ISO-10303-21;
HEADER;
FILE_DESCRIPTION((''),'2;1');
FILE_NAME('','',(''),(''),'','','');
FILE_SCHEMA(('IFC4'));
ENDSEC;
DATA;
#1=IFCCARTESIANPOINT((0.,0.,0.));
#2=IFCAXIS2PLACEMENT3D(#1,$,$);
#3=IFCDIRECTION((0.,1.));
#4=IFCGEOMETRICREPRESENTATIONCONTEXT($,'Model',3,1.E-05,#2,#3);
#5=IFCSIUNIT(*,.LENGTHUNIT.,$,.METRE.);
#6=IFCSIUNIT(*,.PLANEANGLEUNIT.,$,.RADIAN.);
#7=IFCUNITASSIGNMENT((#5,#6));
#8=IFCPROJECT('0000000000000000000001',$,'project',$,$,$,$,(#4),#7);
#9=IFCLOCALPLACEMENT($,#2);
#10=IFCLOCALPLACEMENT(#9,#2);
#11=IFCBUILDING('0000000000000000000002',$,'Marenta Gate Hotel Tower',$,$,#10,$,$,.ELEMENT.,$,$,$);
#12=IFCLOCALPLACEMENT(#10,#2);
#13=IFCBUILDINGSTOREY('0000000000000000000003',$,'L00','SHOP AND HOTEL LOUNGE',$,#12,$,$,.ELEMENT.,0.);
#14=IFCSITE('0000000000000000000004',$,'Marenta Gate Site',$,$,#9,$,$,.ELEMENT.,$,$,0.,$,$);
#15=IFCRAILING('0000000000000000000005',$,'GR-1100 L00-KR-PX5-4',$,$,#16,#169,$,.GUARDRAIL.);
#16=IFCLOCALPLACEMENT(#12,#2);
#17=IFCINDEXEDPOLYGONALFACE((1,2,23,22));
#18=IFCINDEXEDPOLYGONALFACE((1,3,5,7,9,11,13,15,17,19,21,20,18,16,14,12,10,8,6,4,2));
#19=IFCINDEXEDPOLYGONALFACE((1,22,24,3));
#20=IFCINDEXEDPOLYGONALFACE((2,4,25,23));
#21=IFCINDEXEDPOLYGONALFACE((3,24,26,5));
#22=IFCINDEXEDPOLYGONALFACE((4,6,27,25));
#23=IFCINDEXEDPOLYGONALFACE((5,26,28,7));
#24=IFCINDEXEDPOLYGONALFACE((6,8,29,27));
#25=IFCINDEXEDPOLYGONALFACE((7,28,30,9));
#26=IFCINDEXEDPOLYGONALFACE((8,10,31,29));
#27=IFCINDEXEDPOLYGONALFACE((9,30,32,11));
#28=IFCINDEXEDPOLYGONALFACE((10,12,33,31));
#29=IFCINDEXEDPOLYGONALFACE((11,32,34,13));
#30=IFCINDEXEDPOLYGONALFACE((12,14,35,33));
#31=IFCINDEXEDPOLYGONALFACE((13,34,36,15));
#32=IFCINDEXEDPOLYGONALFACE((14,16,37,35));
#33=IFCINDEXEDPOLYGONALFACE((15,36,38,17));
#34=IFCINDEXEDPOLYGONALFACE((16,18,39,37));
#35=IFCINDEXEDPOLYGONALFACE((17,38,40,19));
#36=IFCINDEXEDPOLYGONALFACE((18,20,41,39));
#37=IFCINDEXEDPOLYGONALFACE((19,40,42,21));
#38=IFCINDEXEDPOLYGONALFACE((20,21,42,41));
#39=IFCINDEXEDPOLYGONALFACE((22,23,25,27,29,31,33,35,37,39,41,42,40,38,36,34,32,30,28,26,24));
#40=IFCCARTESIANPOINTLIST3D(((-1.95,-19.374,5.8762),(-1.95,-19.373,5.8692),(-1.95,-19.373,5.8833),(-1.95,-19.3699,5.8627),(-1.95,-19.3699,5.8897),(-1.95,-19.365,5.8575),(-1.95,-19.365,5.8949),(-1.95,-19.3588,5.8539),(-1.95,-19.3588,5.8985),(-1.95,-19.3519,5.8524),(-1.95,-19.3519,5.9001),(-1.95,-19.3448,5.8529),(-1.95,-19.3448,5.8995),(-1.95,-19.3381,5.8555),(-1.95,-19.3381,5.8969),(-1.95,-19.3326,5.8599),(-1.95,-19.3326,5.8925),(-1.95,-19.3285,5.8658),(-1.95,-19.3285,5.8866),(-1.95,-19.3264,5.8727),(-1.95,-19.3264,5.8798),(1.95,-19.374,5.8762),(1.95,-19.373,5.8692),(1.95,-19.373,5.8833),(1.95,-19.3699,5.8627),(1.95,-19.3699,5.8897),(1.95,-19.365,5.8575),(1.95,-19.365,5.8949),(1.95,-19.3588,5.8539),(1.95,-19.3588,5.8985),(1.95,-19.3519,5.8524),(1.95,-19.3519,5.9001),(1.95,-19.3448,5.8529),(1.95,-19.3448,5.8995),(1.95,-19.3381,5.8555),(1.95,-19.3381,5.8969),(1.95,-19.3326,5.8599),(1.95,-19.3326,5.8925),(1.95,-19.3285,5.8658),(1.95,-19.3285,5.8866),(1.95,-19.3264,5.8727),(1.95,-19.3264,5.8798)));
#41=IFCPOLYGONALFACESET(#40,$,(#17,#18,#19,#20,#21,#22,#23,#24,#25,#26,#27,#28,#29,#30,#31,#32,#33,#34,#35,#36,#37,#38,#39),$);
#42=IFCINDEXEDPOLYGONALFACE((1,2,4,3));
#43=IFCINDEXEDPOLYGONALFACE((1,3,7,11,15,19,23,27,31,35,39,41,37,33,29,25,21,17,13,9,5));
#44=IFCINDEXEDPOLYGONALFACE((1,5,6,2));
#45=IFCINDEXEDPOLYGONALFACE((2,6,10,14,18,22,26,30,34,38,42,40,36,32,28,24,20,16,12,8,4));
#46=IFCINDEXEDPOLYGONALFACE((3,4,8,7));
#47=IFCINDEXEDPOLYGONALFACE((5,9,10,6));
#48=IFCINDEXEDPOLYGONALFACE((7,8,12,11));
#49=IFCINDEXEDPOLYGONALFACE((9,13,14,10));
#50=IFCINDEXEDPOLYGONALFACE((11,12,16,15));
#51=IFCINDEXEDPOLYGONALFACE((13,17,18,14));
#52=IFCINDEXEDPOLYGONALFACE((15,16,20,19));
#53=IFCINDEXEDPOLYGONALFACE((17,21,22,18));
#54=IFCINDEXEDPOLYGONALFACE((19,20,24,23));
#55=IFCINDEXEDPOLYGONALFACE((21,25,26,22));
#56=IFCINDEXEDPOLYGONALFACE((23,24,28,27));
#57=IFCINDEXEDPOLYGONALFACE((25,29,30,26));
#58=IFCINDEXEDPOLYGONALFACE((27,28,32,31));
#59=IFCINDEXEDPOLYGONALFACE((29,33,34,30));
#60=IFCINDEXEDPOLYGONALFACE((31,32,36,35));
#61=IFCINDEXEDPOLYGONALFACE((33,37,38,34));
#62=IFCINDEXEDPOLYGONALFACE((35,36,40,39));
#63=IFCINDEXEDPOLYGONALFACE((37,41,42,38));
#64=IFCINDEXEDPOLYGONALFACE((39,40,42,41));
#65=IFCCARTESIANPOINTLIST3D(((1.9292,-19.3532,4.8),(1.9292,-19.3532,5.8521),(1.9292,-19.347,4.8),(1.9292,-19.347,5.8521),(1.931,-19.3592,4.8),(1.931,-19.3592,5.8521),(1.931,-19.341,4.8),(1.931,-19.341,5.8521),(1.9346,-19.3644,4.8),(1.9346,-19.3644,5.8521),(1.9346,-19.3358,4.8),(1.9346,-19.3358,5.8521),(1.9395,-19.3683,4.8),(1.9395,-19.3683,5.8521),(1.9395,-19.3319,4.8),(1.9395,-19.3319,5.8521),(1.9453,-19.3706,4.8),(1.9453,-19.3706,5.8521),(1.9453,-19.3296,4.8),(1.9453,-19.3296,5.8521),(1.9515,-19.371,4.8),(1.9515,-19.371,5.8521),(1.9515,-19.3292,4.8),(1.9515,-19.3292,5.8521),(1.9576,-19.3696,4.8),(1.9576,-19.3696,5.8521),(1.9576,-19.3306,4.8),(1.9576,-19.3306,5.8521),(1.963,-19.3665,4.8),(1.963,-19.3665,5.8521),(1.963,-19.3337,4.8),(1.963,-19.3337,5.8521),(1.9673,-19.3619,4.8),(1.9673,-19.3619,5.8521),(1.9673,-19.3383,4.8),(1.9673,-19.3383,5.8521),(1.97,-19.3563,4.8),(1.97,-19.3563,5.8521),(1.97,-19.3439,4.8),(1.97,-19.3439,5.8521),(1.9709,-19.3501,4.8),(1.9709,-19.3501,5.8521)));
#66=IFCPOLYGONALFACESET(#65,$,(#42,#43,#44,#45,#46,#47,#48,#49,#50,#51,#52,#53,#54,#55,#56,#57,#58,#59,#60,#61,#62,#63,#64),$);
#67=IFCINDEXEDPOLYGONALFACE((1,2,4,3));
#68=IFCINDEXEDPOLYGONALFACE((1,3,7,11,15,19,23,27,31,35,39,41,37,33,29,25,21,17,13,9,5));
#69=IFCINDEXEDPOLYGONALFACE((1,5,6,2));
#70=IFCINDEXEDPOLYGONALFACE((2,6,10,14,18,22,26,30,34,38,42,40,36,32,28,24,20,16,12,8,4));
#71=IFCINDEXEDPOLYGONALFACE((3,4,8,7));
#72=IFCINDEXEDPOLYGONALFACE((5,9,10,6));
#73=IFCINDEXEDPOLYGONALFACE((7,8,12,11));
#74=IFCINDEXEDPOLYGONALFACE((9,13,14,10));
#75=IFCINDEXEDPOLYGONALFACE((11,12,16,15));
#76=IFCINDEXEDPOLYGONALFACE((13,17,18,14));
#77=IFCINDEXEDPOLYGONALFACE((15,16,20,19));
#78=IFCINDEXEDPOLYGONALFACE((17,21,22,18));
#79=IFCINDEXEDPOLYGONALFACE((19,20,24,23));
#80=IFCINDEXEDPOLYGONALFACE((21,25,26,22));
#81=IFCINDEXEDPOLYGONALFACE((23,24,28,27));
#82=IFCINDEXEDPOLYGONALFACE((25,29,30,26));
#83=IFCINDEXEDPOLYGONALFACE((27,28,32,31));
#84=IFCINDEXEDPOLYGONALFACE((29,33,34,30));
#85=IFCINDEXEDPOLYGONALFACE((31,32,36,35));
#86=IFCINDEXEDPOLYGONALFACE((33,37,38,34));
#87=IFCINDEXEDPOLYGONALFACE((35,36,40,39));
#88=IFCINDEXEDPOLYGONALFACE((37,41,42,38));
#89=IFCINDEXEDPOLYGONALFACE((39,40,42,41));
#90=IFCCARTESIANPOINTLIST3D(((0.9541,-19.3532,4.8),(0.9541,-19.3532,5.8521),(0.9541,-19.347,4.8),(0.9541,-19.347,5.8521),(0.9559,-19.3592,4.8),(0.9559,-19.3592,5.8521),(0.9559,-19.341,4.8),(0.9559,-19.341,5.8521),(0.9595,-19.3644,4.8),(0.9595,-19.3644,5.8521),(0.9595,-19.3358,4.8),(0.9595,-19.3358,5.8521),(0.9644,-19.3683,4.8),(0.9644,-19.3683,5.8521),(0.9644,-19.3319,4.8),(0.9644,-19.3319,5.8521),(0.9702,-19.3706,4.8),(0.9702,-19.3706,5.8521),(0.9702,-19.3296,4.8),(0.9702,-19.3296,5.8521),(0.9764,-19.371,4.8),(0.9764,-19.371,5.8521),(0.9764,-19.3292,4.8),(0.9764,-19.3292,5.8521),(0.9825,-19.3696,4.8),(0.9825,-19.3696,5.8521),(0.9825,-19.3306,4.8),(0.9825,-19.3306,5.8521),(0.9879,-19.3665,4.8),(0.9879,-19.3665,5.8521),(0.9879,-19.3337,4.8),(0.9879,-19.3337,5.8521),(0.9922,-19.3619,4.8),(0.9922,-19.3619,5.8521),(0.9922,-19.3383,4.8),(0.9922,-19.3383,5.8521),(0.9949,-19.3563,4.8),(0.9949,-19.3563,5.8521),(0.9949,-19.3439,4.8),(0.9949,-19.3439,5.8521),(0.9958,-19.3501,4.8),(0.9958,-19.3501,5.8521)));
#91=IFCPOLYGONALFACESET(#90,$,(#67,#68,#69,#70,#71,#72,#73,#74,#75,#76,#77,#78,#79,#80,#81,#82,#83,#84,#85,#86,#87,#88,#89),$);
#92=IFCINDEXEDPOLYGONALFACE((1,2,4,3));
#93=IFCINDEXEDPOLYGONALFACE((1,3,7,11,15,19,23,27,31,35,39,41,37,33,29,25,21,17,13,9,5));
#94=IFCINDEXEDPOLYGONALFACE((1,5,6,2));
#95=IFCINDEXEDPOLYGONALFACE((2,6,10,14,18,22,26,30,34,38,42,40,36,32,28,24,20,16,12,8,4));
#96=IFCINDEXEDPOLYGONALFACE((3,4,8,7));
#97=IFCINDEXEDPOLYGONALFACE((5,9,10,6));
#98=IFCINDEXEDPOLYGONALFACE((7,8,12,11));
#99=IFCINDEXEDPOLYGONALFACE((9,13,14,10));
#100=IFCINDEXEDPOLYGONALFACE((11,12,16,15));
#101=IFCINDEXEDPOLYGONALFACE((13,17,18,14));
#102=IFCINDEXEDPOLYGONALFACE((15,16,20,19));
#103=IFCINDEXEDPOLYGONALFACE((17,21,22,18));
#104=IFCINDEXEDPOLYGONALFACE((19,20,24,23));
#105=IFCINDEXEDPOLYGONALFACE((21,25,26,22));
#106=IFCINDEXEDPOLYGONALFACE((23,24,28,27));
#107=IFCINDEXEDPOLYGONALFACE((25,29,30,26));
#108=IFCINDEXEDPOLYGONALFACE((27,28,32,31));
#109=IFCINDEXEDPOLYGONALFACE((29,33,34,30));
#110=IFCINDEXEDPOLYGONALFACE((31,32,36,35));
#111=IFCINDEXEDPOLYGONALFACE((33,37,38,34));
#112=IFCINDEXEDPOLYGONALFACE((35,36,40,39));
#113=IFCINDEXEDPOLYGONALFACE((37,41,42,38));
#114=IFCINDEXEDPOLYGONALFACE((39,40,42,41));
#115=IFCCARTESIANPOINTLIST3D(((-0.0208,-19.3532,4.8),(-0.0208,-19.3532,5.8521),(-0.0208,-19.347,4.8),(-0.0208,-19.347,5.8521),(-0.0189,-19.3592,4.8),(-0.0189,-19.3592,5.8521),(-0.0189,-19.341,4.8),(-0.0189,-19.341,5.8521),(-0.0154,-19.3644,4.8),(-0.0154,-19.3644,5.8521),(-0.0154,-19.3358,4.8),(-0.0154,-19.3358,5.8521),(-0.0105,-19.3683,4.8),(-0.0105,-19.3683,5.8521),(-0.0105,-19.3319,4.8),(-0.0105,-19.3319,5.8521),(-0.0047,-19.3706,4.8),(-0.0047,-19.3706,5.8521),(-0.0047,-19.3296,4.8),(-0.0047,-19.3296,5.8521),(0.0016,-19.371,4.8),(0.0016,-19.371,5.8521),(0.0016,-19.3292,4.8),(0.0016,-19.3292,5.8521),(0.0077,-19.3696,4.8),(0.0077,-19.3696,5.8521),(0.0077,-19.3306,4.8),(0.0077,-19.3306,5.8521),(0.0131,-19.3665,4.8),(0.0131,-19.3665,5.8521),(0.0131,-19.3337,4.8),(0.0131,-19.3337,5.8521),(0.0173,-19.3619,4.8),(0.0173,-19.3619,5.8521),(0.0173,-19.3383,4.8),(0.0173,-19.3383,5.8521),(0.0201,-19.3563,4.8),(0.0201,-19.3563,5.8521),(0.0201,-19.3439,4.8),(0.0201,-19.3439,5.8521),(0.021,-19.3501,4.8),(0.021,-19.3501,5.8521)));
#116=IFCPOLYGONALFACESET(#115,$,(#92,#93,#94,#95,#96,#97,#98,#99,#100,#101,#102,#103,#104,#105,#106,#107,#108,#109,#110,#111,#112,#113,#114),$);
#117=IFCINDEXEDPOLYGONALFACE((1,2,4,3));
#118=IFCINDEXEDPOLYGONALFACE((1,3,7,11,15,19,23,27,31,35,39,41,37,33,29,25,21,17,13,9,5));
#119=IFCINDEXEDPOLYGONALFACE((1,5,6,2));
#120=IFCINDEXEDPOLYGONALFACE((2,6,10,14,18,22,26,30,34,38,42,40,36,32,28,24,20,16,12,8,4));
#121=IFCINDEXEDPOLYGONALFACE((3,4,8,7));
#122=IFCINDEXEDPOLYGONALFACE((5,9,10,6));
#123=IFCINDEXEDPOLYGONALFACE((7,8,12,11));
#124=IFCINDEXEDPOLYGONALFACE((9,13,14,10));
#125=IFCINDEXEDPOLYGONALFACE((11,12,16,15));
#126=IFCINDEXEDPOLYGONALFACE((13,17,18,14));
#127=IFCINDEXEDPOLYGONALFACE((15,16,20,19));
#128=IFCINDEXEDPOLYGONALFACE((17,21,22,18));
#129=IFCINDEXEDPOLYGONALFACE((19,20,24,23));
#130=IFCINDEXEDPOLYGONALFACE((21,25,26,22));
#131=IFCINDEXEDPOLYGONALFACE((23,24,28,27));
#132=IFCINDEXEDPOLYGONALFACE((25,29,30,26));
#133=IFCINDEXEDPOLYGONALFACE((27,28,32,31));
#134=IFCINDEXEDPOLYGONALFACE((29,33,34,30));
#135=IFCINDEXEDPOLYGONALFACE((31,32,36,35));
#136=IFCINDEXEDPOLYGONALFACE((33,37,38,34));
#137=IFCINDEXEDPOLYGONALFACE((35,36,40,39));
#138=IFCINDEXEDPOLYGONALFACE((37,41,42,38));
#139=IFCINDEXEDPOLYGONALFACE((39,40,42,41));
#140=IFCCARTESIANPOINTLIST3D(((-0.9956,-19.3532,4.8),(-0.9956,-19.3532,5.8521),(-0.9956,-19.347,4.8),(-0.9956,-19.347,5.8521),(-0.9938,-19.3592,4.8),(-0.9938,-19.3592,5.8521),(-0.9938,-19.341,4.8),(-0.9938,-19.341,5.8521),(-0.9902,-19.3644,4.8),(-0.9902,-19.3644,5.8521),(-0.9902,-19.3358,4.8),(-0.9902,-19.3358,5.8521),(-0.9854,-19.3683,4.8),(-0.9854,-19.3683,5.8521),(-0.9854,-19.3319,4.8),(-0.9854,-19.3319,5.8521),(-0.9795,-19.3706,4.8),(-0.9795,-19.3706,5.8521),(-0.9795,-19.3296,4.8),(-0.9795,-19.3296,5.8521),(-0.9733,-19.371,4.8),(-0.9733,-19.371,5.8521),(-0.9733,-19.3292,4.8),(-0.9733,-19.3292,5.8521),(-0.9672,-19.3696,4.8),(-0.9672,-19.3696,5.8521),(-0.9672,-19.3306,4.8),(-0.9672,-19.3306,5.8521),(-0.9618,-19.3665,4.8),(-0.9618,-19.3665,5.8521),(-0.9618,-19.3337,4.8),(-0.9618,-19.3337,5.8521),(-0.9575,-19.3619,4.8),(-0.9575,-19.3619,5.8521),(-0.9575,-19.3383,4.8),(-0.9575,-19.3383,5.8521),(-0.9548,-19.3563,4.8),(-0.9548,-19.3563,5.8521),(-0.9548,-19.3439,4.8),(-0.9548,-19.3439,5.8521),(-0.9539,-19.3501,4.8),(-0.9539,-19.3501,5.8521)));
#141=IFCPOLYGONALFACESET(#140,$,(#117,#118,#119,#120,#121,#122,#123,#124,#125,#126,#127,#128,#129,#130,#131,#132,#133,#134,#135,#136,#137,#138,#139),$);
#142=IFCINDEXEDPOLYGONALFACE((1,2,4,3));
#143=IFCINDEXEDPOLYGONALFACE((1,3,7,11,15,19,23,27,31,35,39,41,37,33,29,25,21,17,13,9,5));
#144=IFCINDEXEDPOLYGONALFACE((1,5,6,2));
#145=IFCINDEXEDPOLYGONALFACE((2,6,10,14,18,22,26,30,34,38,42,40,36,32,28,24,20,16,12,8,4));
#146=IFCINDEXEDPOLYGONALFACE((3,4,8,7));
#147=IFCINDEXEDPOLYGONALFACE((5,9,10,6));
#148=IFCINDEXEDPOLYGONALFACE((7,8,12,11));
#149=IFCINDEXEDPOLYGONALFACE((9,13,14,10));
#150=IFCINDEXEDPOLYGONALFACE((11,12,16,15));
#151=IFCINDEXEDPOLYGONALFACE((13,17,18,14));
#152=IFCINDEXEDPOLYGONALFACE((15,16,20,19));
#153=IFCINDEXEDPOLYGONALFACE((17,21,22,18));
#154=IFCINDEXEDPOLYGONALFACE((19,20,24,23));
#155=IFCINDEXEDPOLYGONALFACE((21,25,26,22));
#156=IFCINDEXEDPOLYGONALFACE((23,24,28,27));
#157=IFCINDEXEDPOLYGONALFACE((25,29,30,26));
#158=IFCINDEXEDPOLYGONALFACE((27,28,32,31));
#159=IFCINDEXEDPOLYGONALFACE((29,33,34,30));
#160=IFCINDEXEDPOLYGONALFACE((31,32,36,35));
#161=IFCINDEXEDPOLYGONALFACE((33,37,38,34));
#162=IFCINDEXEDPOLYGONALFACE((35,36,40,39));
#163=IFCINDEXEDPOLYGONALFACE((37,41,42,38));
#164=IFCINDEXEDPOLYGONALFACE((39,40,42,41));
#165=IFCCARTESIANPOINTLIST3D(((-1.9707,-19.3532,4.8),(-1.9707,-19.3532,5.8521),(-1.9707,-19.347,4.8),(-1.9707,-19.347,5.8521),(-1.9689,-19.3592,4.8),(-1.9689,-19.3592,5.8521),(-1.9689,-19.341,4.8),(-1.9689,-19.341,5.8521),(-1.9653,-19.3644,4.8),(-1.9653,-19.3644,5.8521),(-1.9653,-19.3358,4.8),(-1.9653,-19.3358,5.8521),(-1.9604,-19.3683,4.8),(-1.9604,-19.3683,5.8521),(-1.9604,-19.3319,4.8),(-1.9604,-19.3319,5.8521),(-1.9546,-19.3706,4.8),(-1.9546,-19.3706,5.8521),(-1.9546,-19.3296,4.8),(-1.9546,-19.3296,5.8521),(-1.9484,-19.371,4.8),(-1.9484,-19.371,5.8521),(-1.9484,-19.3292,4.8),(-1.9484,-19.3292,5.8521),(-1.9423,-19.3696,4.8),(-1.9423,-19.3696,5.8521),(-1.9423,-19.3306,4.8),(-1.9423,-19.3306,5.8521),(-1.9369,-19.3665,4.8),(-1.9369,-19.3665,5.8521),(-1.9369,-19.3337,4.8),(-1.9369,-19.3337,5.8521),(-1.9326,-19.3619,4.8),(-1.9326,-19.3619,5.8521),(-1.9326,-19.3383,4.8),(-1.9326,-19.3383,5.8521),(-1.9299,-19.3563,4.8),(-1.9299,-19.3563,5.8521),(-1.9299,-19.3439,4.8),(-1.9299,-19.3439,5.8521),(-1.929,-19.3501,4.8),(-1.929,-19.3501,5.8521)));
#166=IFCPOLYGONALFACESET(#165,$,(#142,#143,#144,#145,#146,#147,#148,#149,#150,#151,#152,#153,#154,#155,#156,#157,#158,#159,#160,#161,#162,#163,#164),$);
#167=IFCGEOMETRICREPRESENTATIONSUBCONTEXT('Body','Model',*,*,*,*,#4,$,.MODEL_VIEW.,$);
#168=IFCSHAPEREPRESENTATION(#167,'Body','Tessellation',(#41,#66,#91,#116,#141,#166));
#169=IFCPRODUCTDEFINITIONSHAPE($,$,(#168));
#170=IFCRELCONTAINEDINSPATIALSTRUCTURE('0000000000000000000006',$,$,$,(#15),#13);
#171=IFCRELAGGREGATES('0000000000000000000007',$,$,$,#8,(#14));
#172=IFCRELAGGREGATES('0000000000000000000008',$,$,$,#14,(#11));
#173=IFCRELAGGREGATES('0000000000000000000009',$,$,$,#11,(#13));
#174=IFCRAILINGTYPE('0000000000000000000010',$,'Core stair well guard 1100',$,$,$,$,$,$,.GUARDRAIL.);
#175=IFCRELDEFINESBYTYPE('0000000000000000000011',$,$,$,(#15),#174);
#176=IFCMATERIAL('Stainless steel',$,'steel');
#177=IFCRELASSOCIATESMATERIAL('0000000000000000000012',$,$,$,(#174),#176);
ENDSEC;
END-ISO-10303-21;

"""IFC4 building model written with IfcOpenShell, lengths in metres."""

from ifc_helpers import new_model, si_unit, direction, frame, origin, origin_2d, place, context, subcontext, project, spatial, circle, extrude, material, type_object, element, save


model = new_model("IFC4")

# Units and contexts
model_context = context("Model", 3, precision=1e-05, world=origin(), true_north=direction((0.0, 1.0)))
body_context = subcontext(model_context, "Body", "Model", "MODEL_VIEW")
ifc_project = project(units=[si_unit("LENGTHUNIT", "METRE"), si_unit("PLANEANGLEUNIT", "RADIAN")], contexts=[model_context])

# Site, building, storey
site_placement = place(None, origin())
site = spatial("IfcSite", under=ifc_project, at=site_placement, Name="Marenta Gate Site", CompositionType="ELEMENT", RefElevation=0.0)
building_placement = place(site_placement, origin())
building = spatial("IfcBuilding", under=site, at=building_placement, Name="Marenta Gate Hotel Tower", CompositionType="ELEMENT")
storey_placement = place(building_placement, origin())
storey = spatial("IfcBuildingStorey", under=building, at=storey_placement, Name="L00", Description="SHOP AND HOTEL LOUNGE", CompositionType="ELEMENT", Elevation=0.0)

# Railing
ifc_material_1 = material(Name="Stainless steel", Category="steel")
railing_type_1 = type_object("IfcRailingType", Name="Core stair well guard 1100", PredefinedType="GUARDRAIL", material=ifc_material_1)
for number, where, name in (
    (1, (1.95, -19.3501, 4.8), "GR-1100 L00-KR-PX5-4"),
):
    element("IfcRailing", number, at=place(storey_placement, frame(where)), inside=storey, type_object=railing_type_1, Name=name, PredefinedType="GUARDRAIL", context=body_context, shape_type="SweptSolid", body=[
        extrude(circle(Radius=0.0239, at=origin_2d()), frame((0.0, 0.0, 1.0762), z_axis=(-1.0, 0.0, 0.0), x_axis=(0.0, -1.0, 0.0)), (0.0, 0.0, 1.0), 3.8999),
        extrude(circle(Radius=0.021, at=origin_2d()), origin(), (0.0, 0.0, 1.0), 1.052),
        extrude(circle(Radius=0.021, at=origin_2d()), frame((-0.9751, 0.0, 0.0)), (0.0, 0.0, 1.0), 1.052),
        extrude(circle(Radius=0.021, at=origin_2d()), frame((-1.95, 0.0, 0.0)), (0.0, 0.0, 1.0), 1.052),
        extrude(circle(Radius=0.021, at=origin_2d()), frame((-2.9248, 0.0, 0.0)), (0.0, 0.0, 1.0), 1.052),
        extrude(circle(Radius=0.021, at=origin_2d()), frame((-3.8999, 0.0, 0.0)), (0.0, 0.0, 1.0), 1.052),
    ])

save(model, "model.ifc")
